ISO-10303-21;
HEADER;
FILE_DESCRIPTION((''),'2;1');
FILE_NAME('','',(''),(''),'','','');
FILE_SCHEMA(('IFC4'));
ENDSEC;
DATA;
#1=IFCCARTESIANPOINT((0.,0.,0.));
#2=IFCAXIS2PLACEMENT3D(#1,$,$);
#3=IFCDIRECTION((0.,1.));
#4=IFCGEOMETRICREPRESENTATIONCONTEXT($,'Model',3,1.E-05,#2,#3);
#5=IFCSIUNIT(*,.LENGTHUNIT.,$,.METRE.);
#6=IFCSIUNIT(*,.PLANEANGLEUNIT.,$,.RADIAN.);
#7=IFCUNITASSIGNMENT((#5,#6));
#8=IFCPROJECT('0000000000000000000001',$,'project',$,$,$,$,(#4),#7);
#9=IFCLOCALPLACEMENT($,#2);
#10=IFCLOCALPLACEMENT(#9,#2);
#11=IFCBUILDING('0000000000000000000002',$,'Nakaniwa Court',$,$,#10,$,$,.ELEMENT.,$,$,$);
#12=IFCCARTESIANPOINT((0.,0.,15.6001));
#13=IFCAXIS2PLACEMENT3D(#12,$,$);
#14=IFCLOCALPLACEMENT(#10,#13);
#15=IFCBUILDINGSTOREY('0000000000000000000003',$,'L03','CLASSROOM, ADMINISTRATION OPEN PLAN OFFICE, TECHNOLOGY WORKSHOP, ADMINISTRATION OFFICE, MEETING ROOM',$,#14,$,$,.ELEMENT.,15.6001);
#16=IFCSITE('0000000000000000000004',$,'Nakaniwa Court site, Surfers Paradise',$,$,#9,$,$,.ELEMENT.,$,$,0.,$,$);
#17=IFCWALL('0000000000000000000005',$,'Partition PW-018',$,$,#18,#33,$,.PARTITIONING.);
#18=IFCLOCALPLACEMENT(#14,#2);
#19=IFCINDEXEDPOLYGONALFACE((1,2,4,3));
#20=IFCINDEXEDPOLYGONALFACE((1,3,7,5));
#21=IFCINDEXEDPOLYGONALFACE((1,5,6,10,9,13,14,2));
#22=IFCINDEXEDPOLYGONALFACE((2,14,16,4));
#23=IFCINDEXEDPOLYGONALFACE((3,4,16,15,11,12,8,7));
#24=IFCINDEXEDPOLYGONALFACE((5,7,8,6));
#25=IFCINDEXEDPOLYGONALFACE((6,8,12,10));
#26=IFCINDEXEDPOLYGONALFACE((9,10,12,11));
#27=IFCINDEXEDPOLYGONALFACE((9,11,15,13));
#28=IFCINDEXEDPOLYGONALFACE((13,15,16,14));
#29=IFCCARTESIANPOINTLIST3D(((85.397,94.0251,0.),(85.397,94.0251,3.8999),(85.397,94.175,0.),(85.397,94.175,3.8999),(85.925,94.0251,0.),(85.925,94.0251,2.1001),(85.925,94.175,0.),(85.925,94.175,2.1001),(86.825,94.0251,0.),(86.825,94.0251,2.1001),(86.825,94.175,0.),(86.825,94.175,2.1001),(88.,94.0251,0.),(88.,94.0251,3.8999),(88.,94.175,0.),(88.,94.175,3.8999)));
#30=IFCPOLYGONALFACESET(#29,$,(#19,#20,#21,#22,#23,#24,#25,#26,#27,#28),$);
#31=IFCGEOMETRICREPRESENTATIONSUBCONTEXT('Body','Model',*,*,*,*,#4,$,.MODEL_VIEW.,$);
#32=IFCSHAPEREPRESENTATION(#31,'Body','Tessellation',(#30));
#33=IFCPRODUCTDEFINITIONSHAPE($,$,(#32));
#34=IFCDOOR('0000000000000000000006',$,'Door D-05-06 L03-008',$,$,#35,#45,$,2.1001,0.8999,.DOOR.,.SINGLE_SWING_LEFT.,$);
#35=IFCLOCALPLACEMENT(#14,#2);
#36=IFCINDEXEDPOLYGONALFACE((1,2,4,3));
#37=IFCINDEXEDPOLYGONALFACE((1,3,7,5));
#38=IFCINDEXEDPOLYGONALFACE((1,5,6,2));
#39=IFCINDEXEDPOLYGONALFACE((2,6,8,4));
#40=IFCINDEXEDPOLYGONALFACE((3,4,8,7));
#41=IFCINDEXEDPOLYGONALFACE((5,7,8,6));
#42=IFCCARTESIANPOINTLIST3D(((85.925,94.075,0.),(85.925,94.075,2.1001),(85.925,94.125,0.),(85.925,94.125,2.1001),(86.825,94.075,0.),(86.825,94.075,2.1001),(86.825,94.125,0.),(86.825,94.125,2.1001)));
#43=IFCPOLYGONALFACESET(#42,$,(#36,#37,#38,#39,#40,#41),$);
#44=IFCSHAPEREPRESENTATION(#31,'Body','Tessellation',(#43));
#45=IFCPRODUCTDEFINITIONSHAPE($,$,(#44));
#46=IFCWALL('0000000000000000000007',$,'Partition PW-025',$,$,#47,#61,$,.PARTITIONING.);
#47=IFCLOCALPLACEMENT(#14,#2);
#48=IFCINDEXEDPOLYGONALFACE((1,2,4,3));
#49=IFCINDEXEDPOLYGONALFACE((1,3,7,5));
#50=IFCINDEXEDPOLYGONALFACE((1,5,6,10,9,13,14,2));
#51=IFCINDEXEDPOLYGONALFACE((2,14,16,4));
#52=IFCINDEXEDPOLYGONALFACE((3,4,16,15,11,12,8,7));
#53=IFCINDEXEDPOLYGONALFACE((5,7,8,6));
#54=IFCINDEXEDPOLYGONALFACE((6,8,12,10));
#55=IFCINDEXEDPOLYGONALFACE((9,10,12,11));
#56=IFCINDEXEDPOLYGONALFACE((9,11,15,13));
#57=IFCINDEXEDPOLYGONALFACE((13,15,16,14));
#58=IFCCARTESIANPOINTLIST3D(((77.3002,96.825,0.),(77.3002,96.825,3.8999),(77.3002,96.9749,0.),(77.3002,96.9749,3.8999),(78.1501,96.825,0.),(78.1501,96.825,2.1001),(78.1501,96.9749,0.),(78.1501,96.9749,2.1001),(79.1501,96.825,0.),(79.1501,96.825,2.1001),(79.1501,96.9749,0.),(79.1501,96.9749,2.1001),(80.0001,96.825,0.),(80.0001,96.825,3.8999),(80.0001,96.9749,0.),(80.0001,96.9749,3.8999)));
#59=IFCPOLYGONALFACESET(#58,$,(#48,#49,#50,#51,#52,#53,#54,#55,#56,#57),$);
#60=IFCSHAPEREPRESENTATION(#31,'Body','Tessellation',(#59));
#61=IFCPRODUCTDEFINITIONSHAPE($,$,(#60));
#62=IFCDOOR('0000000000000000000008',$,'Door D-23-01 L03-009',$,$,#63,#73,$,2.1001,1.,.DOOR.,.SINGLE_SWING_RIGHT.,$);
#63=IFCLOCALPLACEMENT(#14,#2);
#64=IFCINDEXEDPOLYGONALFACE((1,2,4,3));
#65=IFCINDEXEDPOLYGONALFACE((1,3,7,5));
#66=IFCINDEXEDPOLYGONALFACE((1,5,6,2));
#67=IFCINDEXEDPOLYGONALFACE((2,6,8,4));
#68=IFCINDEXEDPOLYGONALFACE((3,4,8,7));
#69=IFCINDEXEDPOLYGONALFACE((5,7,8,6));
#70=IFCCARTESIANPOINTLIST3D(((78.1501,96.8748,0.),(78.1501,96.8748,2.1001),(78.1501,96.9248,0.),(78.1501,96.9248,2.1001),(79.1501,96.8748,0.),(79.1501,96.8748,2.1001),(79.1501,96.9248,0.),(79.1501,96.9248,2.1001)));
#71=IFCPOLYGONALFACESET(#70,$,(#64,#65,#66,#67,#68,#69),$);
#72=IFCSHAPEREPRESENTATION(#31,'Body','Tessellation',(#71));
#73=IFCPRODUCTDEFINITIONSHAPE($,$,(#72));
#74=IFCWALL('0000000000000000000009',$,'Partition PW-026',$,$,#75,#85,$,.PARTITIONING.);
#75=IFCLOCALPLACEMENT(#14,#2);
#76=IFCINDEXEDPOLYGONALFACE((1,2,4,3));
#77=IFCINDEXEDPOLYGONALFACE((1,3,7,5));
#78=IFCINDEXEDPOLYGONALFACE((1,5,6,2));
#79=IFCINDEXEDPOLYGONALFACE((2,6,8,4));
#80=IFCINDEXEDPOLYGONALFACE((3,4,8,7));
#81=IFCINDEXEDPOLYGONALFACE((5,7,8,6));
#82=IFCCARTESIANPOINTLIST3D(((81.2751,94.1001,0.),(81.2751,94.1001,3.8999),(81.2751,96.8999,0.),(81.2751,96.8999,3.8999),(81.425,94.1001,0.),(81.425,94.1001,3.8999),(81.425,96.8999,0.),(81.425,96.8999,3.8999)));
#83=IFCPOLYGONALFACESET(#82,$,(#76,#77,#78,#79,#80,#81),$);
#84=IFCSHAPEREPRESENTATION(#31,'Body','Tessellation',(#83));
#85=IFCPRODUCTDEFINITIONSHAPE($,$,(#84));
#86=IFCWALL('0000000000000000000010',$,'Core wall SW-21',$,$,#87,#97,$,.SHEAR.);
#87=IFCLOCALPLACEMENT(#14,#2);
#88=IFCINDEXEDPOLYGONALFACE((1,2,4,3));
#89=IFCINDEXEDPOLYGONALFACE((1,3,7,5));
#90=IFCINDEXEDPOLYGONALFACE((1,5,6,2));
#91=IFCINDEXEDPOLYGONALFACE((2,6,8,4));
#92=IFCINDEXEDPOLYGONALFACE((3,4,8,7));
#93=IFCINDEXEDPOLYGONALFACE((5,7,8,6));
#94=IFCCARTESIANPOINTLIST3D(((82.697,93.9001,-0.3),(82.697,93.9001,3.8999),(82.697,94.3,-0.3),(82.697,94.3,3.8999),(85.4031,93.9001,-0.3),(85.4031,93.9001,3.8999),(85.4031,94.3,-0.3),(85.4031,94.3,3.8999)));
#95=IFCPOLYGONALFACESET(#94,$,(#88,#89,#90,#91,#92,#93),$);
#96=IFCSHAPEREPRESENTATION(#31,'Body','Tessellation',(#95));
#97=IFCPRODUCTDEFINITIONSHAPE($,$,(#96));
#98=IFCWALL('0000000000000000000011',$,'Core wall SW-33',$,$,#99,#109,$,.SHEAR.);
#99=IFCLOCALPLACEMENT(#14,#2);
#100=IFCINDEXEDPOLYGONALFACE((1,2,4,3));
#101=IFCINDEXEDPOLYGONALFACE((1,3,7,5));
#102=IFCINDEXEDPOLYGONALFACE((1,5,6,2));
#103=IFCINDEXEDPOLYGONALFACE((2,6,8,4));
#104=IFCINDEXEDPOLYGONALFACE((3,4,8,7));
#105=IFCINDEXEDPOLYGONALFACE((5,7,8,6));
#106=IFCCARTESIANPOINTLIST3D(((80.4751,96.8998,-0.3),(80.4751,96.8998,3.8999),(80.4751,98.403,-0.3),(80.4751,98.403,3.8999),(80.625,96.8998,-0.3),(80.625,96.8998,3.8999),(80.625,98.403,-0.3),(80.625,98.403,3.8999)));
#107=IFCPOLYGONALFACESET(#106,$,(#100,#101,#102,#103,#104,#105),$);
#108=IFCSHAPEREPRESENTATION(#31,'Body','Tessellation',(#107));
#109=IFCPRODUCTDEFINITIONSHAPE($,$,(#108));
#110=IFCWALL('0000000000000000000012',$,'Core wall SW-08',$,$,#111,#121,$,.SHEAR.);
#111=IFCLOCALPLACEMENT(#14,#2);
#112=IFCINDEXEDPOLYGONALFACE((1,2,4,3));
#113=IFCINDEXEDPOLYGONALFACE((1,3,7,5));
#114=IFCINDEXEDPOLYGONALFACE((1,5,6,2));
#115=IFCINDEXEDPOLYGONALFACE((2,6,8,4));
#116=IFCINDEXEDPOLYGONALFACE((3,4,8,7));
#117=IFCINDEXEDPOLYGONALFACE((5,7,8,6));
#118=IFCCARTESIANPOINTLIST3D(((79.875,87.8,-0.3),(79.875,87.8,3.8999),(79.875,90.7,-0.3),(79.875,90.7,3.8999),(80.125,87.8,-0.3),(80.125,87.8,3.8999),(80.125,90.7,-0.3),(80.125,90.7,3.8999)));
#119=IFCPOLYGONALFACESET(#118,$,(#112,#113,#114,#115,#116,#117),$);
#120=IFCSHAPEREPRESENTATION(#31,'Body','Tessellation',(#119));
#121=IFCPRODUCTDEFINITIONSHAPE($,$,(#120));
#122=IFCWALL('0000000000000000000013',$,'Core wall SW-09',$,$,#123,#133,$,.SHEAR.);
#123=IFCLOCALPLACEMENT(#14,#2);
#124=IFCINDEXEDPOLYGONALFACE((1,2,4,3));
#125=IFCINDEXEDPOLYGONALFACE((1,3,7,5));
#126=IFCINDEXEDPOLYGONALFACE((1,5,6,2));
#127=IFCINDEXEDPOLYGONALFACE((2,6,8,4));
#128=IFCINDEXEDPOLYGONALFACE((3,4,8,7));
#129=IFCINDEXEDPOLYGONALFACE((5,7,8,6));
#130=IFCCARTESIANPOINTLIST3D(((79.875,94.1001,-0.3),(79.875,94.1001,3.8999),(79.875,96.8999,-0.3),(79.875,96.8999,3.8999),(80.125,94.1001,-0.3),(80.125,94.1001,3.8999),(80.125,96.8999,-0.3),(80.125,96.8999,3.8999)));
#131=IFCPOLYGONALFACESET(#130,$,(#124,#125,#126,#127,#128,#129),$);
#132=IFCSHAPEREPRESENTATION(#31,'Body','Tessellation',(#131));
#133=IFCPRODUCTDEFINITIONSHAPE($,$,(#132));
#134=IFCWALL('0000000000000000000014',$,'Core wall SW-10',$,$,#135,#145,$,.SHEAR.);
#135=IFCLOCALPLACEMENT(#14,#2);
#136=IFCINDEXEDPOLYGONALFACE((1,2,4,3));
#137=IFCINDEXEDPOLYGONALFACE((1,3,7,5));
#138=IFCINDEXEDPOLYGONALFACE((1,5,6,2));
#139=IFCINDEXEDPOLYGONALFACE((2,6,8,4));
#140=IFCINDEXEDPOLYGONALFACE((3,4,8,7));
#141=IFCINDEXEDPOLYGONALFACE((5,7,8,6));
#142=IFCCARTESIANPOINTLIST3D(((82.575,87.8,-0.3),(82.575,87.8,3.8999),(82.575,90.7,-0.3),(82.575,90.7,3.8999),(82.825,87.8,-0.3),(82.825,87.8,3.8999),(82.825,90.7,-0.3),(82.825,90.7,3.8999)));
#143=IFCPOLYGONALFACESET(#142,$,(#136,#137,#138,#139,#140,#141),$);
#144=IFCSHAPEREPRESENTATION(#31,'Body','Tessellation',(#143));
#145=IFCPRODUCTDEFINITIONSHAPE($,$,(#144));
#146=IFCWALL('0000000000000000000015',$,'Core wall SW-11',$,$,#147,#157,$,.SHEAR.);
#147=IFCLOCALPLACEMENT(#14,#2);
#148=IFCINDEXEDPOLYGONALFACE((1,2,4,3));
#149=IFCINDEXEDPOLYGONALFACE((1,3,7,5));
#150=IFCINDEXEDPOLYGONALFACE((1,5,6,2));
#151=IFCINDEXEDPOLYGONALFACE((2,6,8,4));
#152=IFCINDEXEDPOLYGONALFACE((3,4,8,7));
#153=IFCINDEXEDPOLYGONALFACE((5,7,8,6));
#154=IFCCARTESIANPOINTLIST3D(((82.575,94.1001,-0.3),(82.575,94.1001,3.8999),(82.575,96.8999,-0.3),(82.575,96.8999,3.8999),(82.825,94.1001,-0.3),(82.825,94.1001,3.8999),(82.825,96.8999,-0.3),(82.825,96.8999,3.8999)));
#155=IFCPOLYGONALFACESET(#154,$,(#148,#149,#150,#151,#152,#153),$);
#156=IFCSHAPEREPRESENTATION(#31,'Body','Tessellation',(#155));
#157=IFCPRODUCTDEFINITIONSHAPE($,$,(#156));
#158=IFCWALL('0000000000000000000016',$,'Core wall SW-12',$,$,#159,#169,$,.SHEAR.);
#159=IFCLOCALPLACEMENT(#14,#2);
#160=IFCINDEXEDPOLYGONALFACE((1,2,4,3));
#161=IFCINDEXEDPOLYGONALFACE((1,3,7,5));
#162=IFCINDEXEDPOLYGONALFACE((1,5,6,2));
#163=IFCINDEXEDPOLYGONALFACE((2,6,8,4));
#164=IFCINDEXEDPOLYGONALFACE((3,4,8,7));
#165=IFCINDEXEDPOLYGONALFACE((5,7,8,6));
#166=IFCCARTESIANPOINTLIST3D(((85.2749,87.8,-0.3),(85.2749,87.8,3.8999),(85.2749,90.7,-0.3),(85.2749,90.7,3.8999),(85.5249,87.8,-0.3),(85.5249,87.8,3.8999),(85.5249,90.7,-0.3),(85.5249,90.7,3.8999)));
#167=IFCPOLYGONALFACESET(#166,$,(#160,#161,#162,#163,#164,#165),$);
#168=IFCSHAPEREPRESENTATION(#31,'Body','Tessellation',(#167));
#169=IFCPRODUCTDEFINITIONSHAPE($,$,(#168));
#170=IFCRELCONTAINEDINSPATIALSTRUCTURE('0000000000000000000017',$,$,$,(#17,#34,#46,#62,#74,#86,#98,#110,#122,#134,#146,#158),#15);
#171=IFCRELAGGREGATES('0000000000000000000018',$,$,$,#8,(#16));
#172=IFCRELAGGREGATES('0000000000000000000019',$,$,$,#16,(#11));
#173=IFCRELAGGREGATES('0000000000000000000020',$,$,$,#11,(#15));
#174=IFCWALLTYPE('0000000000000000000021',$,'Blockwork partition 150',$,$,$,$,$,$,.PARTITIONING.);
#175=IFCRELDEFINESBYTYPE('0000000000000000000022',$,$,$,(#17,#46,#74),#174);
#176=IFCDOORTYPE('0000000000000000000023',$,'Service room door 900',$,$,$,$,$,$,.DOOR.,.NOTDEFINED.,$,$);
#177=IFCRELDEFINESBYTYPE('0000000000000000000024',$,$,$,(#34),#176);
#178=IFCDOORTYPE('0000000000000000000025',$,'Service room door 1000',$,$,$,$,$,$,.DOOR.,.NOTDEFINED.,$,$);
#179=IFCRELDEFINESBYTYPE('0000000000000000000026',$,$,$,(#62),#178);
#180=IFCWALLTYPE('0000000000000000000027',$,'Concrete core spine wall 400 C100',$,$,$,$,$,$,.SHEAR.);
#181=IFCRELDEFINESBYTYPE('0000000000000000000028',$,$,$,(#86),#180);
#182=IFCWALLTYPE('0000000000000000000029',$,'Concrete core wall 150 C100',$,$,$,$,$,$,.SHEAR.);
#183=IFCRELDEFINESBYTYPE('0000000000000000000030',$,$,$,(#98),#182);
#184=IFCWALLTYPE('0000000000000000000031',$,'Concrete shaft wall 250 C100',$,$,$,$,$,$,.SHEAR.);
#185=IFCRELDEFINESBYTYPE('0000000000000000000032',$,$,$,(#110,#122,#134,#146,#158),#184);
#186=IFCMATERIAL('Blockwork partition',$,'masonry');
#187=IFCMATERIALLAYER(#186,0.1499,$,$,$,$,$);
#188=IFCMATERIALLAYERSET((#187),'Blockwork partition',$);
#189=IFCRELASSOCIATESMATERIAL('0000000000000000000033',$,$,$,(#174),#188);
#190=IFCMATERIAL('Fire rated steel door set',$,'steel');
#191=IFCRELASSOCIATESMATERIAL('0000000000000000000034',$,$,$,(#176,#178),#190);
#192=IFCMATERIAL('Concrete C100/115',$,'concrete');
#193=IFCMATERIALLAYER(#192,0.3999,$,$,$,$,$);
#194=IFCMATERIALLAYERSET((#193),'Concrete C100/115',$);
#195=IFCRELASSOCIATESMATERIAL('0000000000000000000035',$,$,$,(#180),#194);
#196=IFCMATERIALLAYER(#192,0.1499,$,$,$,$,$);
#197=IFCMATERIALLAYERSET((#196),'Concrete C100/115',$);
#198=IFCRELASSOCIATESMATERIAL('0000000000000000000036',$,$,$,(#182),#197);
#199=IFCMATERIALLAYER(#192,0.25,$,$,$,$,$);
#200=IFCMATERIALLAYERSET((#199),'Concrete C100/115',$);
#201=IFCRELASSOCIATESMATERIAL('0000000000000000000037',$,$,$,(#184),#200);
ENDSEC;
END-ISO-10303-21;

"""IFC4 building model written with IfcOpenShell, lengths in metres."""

from ifc_helpers import new_model, si_unit, direction, frame, frame_2d, origin, place, context, subcontext, project, spatial, rectangle, extrude, material, layer, layer_set, type_object, element, fill, save


model = new_model("IFC4")

# Units and contexts
model_context = context("Model", 3, precision=1e-05, world=origin(), true_north=direction((0.0, 1.0)))
body_context = subcontext(model_context, "Body", "Model", "MODEL_VIEW")
ifc_project = project(units=[si_unit("LENGTHUNIT", "METRE"), si_unit("PLANEANGLEUNIT", "RADIAN")], contexts=[model_context])

# Site, building, storey
site_placement = place(None, origin())
site = spatial("IfcSite", under=ifc_project, at=site_placement, Name="Nakaniwa Court site, Surfers Paradise", CompositionType="ELEMENT", RefElevation=0.0)
building_placement = place(site_placement, origin())
building = spatial("IfcBuilding", under=site, at=building_placement, Name="Nakaniwa Court", CompositionType="ELEMENT")
storey_placement = place(building_placement, frame((0.0, 0.0, 15.6001)))
storey = spatial("IfcBuildingStorey", under=building, at=storey_placement, Name="L03", Description="CLASSROOM, ADMINISTRATION OPEN PLAN OFFICE, TECHNOLOGY WORKSHOP, ADMINISTRATION OFFICE, MEETING ROOM", CompositionType="ELEMENT", Elevation=15.6001)

# Walls, openings, doors
ifc_material_1 = material(Name="Blockwork partition", Category="masonry")
ifc_layer_1 = layer(ifc_material_1, 0.1499)
ifc_layer_set_1 = layer_set([ifc_layer_1], Name="Blockwork partition")
wall_type_1 = type_object("IfcWallType", Name="Blockwork partition 150", PredefinedType="PARTITIONING", material=ifc_layer_set_1)
wall_1_placement = place(storey_placement, frame((85.397, 94.1001, 0.0), z_axis=(0.0, 0.0, 1.0), x_axis=(1.0, 0.0, 0.0)))
wall_1 = element("IfcWall", 1, at=wall_1_placement, inside=storey, type_object=wall_type_1, Name="Partition PW-018", PredefinedType="PARTITIONING", context=body_context, shape_type="SweptSolid", body=[
    extrude(rectangle(XDim=2.603, YDim=0.1499, at=frame_2d((1.3015, 0.0))), origin(), (0.0, 0.0, 1.0), 3.8999),
])
opening_1_placement = place(wall_1_placement, frame((0.5281, 0.0, 0.0)))
opening_1 = element("IfcOpeningElement", 2, at=opening_1_placement, cuts=wall_1, PredefinedType="OPENING", context=body_context, shape_type="SweptSolid", body=[
    extrude(rectangle(XDim=0.8999, YDim=2.1001, at=frame_2d((0.45, 1.05))), frame((0.0, 0.085, 0.0), z_axis=(0.0, -1.0, 0.0), x_axis=(1.0, 0.0, 0.0)), (0.0, 0.0, 1.0), 0.1699),
])
ifc_material_2 = material(Name="Fire rated steel door set", Category="steel")
door_type_1 = type_object("IfcDoorType", Name="Service room door 900", OperationType="NOTDEFINED", PredefinedType="DOOR", material=ifc_material_2)
door_1_placement = place(opening_1_placement, origin())
door_1 = element("IfcDoor", 3, at=door_1_placement, inside=storey, type_object=door_type_1, Name="Door D-05-06 L03-008", OperationType="SINGLE_SWING_LEFT", OverallHeight=2.1001, OverallWidth=0.8999, PredefinedType="DOOR", context=body_context, shape_type="SweptSolid", body=[
    extrude(rectangle(XDim=0.8999, YDim=2.1001, at=frame_2d((0.45, 1.05))), frame((0.0, 0.0249, 0.0), z_axis=(0.0, -1.0, 0.0), x_axis=(1.0, 0.0, 0.0)), (0.0, 0.0, 1.0), 0.05),
])
fill(opening_1, door_1)
wall_2_placement = place(storey_placement, frame((77.3, 96.8999, 0.0), z_axis=(0.0, 0.0, 1.0), x_axis=(1.0, 0.0, 0.0)))
wall_2 = element("IfcWall", 4, at=wall_2_placement, inside=storey, type_object=wall_type_1, Name="Partition PW-025", PredefinedType="PARTITIONING", context=body_context, shape_type="SweptSolid", body=[
    extrude(rectangle(XDim=2.7, YDim=0.1499, at=frame_2d((1.3501, 0.0))), origin(), (0.0, 0.0, 1.0), 3.8999),
])
opening_2_placement = place(wall_2_placement, frame((0.8501, 0.0, 0.0)))
opening_2 = element("IfcOpeningElement", 5, at=opening_2_placement, cuts=wall_2, PredefinedType="OPENING", context=body_context, shape_type="SweptSolid", body=[
    extrude(rectangle(XDim=1.0, YDim=2.1001, at=frame_2d((0.5, 1.05))), frame((0.0, 0.085, 0.0), z_axis=(0.0, -1.0, 0.0), x_axis=(1.0, 0.0, 0.0)), (0.0, 0.0, 1.0), 0.1699),
])
door_type_2 = type_object("IfcDoorType", Name="Service room door 1000", OperationType="NOTDEFINED", PredefinedType="DOOR", material=ifc_material_2)
door_2_placement = place(opening_2_placement, origin())
door_2 = element("IfcDoor", 6, at=door_2_placement, inside=storey, type_object=door_type_2, Name="Door D-23-01 L03-009", OperationType="SINGLE_SWING_RIGHT", OverallHeight=2.1001, OverallWidth=1.0, PredefinedType="DOOR", context=body_context, shape_type="SweptSolid", body=[
    extrude(rectangle(XDim=1.0, YDim=2.1001, at=frame_2d((0.5, 1.05))), frame((0.0, 0.0249, 0.0), z_axis=(0.0, -1.0, 0.0), x_axis=(1.0, 0.0, 0.0)), (0.0, 0.0, 1.0), 0.05),
])
fill(opening_2, door_2)

# Walls
wall_3_placement = place(storey_placement, frame((81.3501, 94.1001, 0.0), z_axis=(0.0, 0.0, 1.0), x_axis=(0.0, 1.0, 0.0)))
element("IfcWall", 7, at=wall_3_placement, inside=storey, type_object=wall_type_1, Name="Partition PW-026", PredefinedType="PARTITIONING", context=body_context, shape_type="SweptSolid", body=[
    extrude(rectangle(XDim=2.7998, YDim=0.1499, at=frame_2d((1.3999, 0.0))), origin(), (0.0, 0.0, 1.0), 3.8999),
])
ifc_material_3 = material(Name="Concrete C100/115", Category="concrete")
ifc_layer_2 = layer(ifc_material_3, 0.3999)
ifc_layer_set_2 = layer_set([ifc_layer_2], Name="Concrete C100/115")
wall_type_2 = type_object("IfcWallType", Name="Concrete core spine wall 400 C100", PredefinedType="SHEAR", material=ifc_layer_set_2)
wall_4_placement = place(storey_placement, frame((82.697, 94.1001, -0.3), z_axis=(0.0, 0.0, 1.0), x_axis=(1.0, 0.0, 0.0)))
element("IfcWall", 8, at=wall_4_placement, inside=storey, type_object=wall_type_2, Name="Core wall SW-21", PredefinedType="SHEAR", context=body_context, shape_type="SweptSolid", body=[
    extrude(rectangle(XDim=2.7061, YDim=0.3999, at=frame_2d((1.353, 0.0))), origin(), (0.0, 0.0, 1.0), 4.2),
])
ifc_layer_3 = layer(ifc_material_3, 0.1499)
ifc_layer_set_3 = layer_set([ifc_layer_3], Name="Concrete C100/115")
wall_type_3 = type_object("IfcWallType", Name="Concrete core wall 150 C100", PredefinedType="SHEAR", material=ifc_layer_set_3)
wall_5_placement = place(storey_placement, frame((80.55, 96.8999, -0.3), z_axis=(0.0, 0.0, 1.0), x_axis=(0.0, 1.0, 0.0)))
element("IfcWall", 9, at=wall_5_placement, inside=storey, type_object=wall_type_3, Name="Core wall SW-33", PredefinedType="SHEAR", context=body_context, shape_type="SweptSolid", body=[
    extrude(rectangle(XDim=1.5032, YDim=0.1499, at=frame_2d((0.7515, 0.0))), origin(), (0.0, 0.0, 1.0), 4.2),
])
ifc_layer_4 = layer(ifc_material_3, 0.25)
ifc_layer_set_4 = layer_set([ifc_layer_4], Name="Concrete C100/115")
wall_type_4 = type_object("IfcWallType", Name="Concrete shaft wall 250 C100", PredefinedType="SHEAR", material=ifc_layer_set_4)
wall_6_placement = place(storey_placement, frame((80.0, 87.8, -0.3), z_axis=(0.0, 0.0, 1.0), x_axis=(0.0, 1.0, 0.0)))
element("IfcWall", 10, at=wall_6_placement, inside=storey, type_object=wall_type_4, Name="Core wall SW-08", PredefinedType="SHEAR", context=body_context, shape_type="SweptSolid", body=[
    extrude(rectangle(XDim=2.8999, YDim=0.25, at=frame_2d((1.45, 0.0))), origin(), (0.0, 0.0, 1.0), 4.2),
])
wall_7_placement = place(storey_placement, frame((80.0, 94.1001, -0.3), z_axis=(0.0, 0.0, 1.0), x_axis=(0.0, 1.0, 0.0)))
element("IfcWall", 11, at=wall_7_placement, inside=storey, type_object=wall_type_4, Name="Core wall SW-09", PredefinedType="SHEAR", context=body_context, shape_type="SweptSolid", body=[
    extrude(rectangle(XDim=2.7998, YDim=0.25, at=frame_2d((1.3999, 0.0))), origin(), (0.0, 0.0, 1.0), 4.2),
])
wall_8_placement = place(storey_placement, frame((82.7, 87.8, -0.3), z_axis=(0.0, 0.0, 1.0), x_axis=(0.0, 1.0, 0.0)))
element("IfcWall", 12, at=wall_8_placement, inside=storey, type_object=wall_type_4, Name="Core wall SW-10", PredefinedType="SHEAR", context=body_context, shape_type="SweptSolid", body=[
    extrude(rectangle(XDim=2.8999, YDim=0.25, at=frame_2d((1.45, 0.0))), origin(), (0.0, 0.0, 1.0), 4.2),
])
wall_9_placement = place(storey_placement, frame((82.7, 94.1001, -0.3), z_axis=(0.0, 0.0, 1.0), x_axis=(0.0, 1.0, 0.0)))
element("IfcWall", 13, at=wall_9_placement, inside=storey, type_object=wall_type_4, Name="Core wall SW-11", PredefinedType="SHEAR", context=body_context, shape_type="SweptSolid", body=[
    extrude(rectangle(XDim=2.7998, YDim=0.25, at=frame_2d((1.3999, 0.0))), origin(), (0.0, 0.0, 1.0), 4.2),
])
wall_10_placement = place(storey_placement, frame((85.3999, 87.8, -0.3), z_axis=(0.0, 0.0, 1.0), x_axis=(0.0, 1.0, 0.0)))
element("IfcWall", 14, at=wall_10_placement, inside=storey, type_object=wall_type_4, Name="Core wall SW-12", PredefinedType="SHEAR", context=body_context, shape_type="SweptSolid", body=[
    extrude(rectangle(XDim=2.8999, YDim=0.25, at=frame_2d((1.45, 0.0))), origin(), (0.0, 0.0, 1.0), 4.2),
])

save(model, "model.ifc")
